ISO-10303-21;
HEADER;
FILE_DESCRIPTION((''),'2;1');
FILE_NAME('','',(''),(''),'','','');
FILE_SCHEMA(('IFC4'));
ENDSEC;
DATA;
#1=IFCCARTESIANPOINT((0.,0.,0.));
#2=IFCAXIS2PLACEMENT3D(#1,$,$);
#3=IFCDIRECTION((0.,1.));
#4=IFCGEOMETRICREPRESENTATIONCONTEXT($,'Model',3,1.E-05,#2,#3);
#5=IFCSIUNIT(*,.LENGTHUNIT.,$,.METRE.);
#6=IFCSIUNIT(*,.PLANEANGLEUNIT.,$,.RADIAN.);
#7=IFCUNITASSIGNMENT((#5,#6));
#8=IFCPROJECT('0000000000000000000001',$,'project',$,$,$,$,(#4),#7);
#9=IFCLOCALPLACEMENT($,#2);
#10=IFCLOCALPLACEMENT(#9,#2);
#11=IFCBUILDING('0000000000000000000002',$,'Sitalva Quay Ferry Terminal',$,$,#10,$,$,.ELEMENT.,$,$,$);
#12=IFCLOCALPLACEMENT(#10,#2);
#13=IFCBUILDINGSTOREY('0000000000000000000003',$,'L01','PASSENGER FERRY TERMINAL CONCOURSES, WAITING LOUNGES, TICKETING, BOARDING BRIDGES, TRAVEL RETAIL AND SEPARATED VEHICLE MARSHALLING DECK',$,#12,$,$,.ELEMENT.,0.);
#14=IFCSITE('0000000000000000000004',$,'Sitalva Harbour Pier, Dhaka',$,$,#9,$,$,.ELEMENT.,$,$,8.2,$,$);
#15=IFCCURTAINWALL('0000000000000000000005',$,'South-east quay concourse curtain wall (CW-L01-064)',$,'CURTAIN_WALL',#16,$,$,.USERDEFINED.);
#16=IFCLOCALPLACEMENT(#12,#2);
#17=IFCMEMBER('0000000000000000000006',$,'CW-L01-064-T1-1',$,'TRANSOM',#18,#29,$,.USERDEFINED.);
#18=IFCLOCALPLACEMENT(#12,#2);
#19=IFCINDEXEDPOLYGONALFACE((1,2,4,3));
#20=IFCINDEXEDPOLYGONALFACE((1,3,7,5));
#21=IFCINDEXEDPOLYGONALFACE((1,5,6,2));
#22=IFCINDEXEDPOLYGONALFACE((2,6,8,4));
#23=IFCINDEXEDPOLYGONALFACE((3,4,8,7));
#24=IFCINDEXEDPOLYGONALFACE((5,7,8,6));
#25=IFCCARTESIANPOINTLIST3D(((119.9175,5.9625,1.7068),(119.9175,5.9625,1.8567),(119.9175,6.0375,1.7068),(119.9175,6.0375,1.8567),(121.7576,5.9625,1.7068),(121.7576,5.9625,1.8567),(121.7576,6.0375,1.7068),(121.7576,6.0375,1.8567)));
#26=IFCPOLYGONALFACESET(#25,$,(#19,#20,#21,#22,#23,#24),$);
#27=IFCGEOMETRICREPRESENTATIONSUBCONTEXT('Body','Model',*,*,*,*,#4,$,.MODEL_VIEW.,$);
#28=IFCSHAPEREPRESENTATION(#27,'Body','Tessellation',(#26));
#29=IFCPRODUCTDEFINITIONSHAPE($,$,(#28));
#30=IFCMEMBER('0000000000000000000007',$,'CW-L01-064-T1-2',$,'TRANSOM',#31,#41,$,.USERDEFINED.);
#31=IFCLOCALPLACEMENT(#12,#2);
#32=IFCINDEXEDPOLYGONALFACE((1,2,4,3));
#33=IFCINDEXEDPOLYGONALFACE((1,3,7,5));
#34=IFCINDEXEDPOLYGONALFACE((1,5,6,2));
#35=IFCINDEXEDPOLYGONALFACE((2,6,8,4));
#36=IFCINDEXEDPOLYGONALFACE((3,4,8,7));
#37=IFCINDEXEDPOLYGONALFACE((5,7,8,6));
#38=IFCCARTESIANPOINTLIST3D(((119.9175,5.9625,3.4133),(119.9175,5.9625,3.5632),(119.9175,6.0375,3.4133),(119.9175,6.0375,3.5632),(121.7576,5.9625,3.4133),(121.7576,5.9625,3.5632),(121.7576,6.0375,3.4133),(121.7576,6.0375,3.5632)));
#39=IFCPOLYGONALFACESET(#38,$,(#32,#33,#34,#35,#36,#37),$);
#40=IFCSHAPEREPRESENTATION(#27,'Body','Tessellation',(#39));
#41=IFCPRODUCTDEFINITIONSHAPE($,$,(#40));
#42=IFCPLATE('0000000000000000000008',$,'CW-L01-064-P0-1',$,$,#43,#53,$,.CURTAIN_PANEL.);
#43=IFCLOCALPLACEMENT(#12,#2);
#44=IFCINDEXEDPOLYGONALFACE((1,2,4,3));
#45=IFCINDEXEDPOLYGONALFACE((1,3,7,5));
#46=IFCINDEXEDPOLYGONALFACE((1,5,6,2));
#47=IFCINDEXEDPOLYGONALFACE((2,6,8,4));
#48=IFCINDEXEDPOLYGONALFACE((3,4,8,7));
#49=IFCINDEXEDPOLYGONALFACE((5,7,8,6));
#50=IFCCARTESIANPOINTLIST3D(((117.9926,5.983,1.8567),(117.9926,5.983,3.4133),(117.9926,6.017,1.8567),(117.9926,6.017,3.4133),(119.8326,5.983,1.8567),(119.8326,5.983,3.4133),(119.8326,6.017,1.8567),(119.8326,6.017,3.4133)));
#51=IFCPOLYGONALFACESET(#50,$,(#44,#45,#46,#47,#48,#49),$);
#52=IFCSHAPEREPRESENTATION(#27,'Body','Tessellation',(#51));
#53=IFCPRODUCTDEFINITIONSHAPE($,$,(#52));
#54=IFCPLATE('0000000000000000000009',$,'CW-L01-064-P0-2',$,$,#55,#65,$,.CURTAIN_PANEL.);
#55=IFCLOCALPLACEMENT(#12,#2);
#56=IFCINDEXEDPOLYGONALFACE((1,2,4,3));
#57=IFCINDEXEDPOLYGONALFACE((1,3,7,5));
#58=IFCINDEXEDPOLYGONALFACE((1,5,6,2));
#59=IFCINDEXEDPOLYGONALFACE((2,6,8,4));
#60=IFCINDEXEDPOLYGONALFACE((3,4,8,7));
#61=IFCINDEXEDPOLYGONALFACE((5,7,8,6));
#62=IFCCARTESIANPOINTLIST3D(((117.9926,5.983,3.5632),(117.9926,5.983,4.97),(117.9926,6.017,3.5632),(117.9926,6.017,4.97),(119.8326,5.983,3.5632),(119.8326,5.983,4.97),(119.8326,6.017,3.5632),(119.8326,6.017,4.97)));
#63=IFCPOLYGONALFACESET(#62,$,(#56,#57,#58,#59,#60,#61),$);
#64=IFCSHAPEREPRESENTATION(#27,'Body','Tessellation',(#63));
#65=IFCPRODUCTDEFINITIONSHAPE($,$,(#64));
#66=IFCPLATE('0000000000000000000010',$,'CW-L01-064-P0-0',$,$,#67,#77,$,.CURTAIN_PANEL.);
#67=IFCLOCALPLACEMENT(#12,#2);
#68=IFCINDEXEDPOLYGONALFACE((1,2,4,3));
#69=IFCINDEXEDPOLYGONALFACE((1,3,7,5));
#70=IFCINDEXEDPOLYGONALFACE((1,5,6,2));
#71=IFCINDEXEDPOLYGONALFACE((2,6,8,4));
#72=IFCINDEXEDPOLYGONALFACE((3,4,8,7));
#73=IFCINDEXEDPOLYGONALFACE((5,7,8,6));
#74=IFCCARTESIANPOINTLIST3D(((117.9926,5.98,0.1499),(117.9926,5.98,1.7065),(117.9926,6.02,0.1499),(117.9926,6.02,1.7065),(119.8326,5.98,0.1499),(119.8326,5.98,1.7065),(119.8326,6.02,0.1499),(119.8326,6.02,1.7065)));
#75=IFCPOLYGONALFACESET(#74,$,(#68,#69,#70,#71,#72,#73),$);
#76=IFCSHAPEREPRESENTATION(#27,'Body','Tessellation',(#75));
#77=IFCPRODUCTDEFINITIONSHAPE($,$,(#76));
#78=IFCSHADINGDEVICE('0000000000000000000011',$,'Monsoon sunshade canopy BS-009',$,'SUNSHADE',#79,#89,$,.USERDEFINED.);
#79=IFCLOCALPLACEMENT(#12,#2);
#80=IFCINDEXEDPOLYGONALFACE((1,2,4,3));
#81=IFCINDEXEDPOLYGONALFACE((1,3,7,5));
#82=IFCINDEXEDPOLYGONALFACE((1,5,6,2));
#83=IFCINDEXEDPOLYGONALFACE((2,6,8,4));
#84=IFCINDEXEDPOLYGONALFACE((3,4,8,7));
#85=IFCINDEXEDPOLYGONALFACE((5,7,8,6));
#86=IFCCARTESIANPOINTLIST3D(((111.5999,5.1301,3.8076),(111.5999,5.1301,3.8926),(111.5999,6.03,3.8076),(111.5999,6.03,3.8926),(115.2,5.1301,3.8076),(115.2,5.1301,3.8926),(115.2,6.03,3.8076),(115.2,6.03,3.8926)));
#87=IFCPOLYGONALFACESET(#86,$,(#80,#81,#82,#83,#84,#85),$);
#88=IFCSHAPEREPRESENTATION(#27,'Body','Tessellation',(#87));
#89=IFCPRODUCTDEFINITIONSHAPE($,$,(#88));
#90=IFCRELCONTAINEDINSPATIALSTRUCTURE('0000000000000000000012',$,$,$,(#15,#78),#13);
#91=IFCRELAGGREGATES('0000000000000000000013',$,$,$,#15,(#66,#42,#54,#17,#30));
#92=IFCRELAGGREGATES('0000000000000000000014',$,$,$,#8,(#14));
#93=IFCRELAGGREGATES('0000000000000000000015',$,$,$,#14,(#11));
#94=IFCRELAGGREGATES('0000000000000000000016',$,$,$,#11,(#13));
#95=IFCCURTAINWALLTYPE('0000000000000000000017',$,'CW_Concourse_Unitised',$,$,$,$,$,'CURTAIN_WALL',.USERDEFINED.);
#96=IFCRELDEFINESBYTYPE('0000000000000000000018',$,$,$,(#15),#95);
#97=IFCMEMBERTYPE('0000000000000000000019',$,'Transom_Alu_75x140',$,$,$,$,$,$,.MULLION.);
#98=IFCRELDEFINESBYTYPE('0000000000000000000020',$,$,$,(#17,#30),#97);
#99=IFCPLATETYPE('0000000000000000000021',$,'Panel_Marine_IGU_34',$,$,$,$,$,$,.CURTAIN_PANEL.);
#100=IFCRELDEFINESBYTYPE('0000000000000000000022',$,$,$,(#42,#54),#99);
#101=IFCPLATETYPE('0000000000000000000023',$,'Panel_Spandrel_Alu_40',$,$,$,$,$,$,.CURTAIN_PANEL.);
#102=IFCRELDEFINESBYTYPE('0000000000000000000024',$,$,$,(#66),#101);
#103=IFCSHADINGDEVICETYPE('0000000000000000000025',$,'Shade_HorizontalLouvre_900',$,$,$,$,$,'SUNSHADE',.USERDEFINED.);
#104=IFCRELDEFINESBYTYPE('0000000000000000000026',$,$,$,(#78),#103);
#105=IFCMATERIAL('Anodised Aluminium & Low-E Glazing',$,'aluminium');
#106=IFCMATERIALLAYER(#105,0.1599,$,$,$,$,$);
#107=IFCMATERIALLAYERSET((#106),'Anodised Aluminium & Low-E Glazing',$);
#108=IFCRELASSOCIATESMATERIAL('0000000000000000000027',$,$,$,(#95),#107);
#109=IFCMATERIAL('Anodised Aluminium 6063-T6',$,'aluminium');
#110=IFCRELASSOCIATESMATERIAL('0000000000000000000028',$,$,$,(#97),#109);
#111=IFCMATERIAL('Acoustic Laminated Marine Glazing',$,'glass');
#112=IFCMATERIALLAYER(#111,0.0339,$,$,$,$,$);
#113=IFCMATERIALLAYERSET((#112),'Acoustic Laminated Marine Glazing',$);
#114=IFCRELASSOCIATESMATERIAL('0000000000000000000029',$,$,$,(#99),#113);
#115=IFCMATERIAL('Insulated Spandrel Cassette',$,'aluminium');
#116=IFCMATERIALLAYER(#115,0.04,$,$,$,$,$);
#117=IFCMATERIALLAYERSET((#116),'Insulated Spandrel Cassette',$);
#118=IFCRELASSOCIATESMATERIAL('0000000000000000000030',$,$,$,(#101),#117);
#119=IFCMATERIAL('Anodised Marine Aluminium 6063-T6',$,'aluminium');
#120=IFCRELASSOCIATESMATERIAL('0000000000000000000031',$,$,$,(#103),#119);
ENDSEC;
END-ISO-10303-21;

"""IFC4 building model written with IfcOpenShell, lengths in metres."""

from ifc_helpers import new_model, si_unit, direction, frame, origin, origin_2d, place, context, subcontext, project, spatial, rectangle, extrude, material, layer, layer_set, material_profile, profile_set, type_object, element, aggregate, save


model = new_model("IFC4")

# Units and contexts
model_context = context("Model", 3, precision=1e-05, world=origin(), true_north=direction((0.0, 1.0)))
body_context = subcontext(model_context, "Body", "Model", "MODEL_VIEW")
ifc_project = project(units=[si_unit("LENGTHUNIT", "METRE"), si_unit("PLANEANGLEUNIT", "RADIAN")], contexts=[model_context])

# Site, building, storey
site_placement = place(None, origin())
site = spatial("IfcSite", under=ifc_project, at=site_placement, Name="Sitalva Harbour Pier, Dhaka", CompositionType="ELEMENT", RefElevation=8.2)
building_placement = place(site_placement, origin())
building = spatial("IfcBuilding", under=site, at=building_placement, Name="Sitalva Quay Ferry Terminal", CompositionType="ELEMENT")
storey_placement = place(building_placement, origin())
storey = spatial("IfcBuildingStorey", under=building, at=storey_placement, Name="L01", Description="PASSENGER FERRY TERMINAL CONCOURSES, WAITING LOUNGES, TICKETING, BOARDING BRIDGES, TRAVEL RETAIL AND SEPARATED VEHICLE MARSHALLING DECK", CompositionType="ELEMENT", Elevation=0.0)

# Curtain wall, members, plates
ifc_material_1 = material(Name="Anodised Aluminium & Low-E Glazing", Category="aluminium")
ifc_layer_1 = layer(ifc_material_1, 0.1599)
ifc_layer_set_1 = layer_set([ifc_layer_1], Name="Anodised Aluminium & Low-E Glazing")
curtain_wall_type = type_object("IfcCurtainWallType", Name="CW_Concourse_Unitised", ElementType="CURTAIN_WALL", PredefinedType="USERDEFINED", material=ifc_layer_set_1)
curtain_wall_placement = place(storey_placement, origin())
curtain_wall = element("IfcCurtainWall", 1, at=curtain_wall_placement, inside=storey, type_object=curtain_wall_type, Name="South-east quay concourse curtain wall (CW-L01-064)", ObjectType="CURTAIN_WALL", PredefinedType="USERDEFINED")
ifc_material_2 = material(Name="Anodised Aluminium 6063-T6", Category="aluminium")
ifc_material_profile_1 = material_profile(ifc_material_2, rectangle(XDim=0.075, YDim=0.1499, at=origin_2d()), Name="ALU75x150")
ifc_profile_set_1 = profile_set([ifc_material_profile_1], Name="Anodised Aluminium 6063-T6")
member_type_1 = type_object("IfcMemberType", Name="Transom_Alu_75x140", PredefinedType="MULLION", material=ifc_profile_set_1)
member_1_placement = place(storey_placement, frame((119.9175, 6.0, 1.7817), z_axis=(1.0, 0.0, 0.0), x_axis=(0.0, 1.0, 0.0)))
member_1 = element("IfcMember", 2, at=member_1_placement, type_object=member_type_1, Name="CW-L01-064-T1-1", ObjectType="TRANSOM", PredefinedType="USERDEFINED", context=body_context, shape_type="SweptSolid", body=[
    extrude(rectangle(XDim=0.075, YDim=0.1499, at=origin_2d()), origin(), (0.0, 0.0, 1.0), 1.8401),
])
member_2_placement = place(storey_placement, frame((119.9175, 6.0, 3.4883), z_axis=(1.0, 0.0, 0.0), x_axis=(0.0, 1.0, 0.0)))
member_2 = element("IfcMember", 3, at=member_2_placement, type_object=member_type_1, Name="CW-L01-064-T1-2", ObjectType="TRANSOM", PredefinedType="USERDEFINED", context=body_context, shape_type="SweptSolid", body=[
    extrude(rectangle(XDim=0.075, YDim=0.1499, at=origin_2d()), origin(), (0.0, 0.0, 1.0), 1.8401),
])
ifc_material_3 = material(Name="Acoustic Laminated Marine Glazing", Category="glass")
ifc_layer_2 = layer(ifc_material_3, 0.0339)
ifc_layer_set_2 = layer_set([ifc_layer_2], Name="Acoustic Laminated Marine Glazing")
plate_type_1 = type_object("IfcPlateType", Name="Panel_Marine_IGU_34", PredefinedType="CURTAIN_PANEL", material=ifc_layer_set_2)
plate_1_placement = place(storey_placement, frame((118.9126, 6.0, 1.8567), z_axis=(0.0, 0.0, 1.0), x_axis=(1.0, 0.0, 0.0)))
plate_1 = element("IfcPlate", 4, at=plate_1_placement, type_object=plate_type_1, Name="CW-L01-064-P0-1", PredefinedType="CURTAIN_PANEL", context=body_context, shape_type="SweptSolid", body=[
    extrude(rectangle(XDim=1.8401, YDim=0.0339, at=origin_2d()), origin(), (0.0, 0.0, 1.0), 1.5566),
])
plate_2_placement = place(storey_placement, frame((118.9126, 6.0, 3.5632), z_axis=(0.0, 0.0, 1.0), x_axis=(1.0, 0.0, 0.0)))
plate_2 = element("IfcPlate", 5, at=plate_2_placement, type_object=plate_type_1, Name="CW-L01-064-P0-2", PredefinedType="CURTAIN_PANEL", context=body_context, shape_type="SweptSolid", body=[
    extrude(rectangle(XDim=1.8401, YDim=0.0339, at=origin_2d()), origin(), (0.0, 0.0, 1.0), 1.4067),
])
ifc_material_4 = material(Name="Insulated Spandrel Cassette", Category="aluminium")
ifc_layer_3 = layer(ifc_material_4, 0.04)
ifc_layer_set_3 = layer_set([ifc_layer_3], Name="Insulated Spandrel Cassette")
plate_type_2 = type_object("IfcPlateType", Name="Panel_Spandrel_Alu_40", PredefinedType="CURTAIN_PANEL", material=ifc_layer_set_3)
plate_3_placement = place(storey_placement, frame((118.9126, 6.0, 0.1499), z_axis=(0.0, 0.0, 1.0), x_axis=(1.0, 0.0, 0.0)))
plate_3 = element("IfcPlate", 6, at=plate_3_placement, type_object=plate_type_2, Name="CW-L01-064-P0-0", PredefinedType="CURTAIN_PANEL", context=body_context, shape_type="SweptSolid", body=[
    extrude(rectangle(XDim=1.8401, YDim=0.04, at=origin_2d()), origin(), (0.0, 0.0, 1.0), 1.5566),
])
aggregate(curtain_wall, [plate_3, plate_1, plate_2, member_1, member_2])

# Shading device
ifc_material_5 = material(Name="Anodised Marine Aluminium 6063-T6", Category="aluminium")
shading_device_type = type_object("IfcShadingDeviceType", Name="Shade_HorizontalLouvre_900", ElementType="SUNSHADE", PredefinedType="USERDEFINED", material=ifc_material_5)
shading_device_placement = place(storey_placement, frame((113.3999, 5.5801, 3.8076), z_axis=(0.0, 0.0, 1.0), x_axis=(1.0, 0.0, 0.0)))
element("IfcShadingDevice", 7, at=shading_device_placement, inside=storey, type_object=shading_device_type, Name="Monsoon sunshade canopy BS-009", ObjectType="SUNSHADE", PredefinedType="USERDEFINED", context=body_context, shape_type="SweptSolid", body=[
    extrude(rectangle(XDim=3.6001, YDim=0.8999, at=origin_2d()), origin(), (0.0, 0.0, 1.0), 0.085),
])

save(model, "model.ifc")
